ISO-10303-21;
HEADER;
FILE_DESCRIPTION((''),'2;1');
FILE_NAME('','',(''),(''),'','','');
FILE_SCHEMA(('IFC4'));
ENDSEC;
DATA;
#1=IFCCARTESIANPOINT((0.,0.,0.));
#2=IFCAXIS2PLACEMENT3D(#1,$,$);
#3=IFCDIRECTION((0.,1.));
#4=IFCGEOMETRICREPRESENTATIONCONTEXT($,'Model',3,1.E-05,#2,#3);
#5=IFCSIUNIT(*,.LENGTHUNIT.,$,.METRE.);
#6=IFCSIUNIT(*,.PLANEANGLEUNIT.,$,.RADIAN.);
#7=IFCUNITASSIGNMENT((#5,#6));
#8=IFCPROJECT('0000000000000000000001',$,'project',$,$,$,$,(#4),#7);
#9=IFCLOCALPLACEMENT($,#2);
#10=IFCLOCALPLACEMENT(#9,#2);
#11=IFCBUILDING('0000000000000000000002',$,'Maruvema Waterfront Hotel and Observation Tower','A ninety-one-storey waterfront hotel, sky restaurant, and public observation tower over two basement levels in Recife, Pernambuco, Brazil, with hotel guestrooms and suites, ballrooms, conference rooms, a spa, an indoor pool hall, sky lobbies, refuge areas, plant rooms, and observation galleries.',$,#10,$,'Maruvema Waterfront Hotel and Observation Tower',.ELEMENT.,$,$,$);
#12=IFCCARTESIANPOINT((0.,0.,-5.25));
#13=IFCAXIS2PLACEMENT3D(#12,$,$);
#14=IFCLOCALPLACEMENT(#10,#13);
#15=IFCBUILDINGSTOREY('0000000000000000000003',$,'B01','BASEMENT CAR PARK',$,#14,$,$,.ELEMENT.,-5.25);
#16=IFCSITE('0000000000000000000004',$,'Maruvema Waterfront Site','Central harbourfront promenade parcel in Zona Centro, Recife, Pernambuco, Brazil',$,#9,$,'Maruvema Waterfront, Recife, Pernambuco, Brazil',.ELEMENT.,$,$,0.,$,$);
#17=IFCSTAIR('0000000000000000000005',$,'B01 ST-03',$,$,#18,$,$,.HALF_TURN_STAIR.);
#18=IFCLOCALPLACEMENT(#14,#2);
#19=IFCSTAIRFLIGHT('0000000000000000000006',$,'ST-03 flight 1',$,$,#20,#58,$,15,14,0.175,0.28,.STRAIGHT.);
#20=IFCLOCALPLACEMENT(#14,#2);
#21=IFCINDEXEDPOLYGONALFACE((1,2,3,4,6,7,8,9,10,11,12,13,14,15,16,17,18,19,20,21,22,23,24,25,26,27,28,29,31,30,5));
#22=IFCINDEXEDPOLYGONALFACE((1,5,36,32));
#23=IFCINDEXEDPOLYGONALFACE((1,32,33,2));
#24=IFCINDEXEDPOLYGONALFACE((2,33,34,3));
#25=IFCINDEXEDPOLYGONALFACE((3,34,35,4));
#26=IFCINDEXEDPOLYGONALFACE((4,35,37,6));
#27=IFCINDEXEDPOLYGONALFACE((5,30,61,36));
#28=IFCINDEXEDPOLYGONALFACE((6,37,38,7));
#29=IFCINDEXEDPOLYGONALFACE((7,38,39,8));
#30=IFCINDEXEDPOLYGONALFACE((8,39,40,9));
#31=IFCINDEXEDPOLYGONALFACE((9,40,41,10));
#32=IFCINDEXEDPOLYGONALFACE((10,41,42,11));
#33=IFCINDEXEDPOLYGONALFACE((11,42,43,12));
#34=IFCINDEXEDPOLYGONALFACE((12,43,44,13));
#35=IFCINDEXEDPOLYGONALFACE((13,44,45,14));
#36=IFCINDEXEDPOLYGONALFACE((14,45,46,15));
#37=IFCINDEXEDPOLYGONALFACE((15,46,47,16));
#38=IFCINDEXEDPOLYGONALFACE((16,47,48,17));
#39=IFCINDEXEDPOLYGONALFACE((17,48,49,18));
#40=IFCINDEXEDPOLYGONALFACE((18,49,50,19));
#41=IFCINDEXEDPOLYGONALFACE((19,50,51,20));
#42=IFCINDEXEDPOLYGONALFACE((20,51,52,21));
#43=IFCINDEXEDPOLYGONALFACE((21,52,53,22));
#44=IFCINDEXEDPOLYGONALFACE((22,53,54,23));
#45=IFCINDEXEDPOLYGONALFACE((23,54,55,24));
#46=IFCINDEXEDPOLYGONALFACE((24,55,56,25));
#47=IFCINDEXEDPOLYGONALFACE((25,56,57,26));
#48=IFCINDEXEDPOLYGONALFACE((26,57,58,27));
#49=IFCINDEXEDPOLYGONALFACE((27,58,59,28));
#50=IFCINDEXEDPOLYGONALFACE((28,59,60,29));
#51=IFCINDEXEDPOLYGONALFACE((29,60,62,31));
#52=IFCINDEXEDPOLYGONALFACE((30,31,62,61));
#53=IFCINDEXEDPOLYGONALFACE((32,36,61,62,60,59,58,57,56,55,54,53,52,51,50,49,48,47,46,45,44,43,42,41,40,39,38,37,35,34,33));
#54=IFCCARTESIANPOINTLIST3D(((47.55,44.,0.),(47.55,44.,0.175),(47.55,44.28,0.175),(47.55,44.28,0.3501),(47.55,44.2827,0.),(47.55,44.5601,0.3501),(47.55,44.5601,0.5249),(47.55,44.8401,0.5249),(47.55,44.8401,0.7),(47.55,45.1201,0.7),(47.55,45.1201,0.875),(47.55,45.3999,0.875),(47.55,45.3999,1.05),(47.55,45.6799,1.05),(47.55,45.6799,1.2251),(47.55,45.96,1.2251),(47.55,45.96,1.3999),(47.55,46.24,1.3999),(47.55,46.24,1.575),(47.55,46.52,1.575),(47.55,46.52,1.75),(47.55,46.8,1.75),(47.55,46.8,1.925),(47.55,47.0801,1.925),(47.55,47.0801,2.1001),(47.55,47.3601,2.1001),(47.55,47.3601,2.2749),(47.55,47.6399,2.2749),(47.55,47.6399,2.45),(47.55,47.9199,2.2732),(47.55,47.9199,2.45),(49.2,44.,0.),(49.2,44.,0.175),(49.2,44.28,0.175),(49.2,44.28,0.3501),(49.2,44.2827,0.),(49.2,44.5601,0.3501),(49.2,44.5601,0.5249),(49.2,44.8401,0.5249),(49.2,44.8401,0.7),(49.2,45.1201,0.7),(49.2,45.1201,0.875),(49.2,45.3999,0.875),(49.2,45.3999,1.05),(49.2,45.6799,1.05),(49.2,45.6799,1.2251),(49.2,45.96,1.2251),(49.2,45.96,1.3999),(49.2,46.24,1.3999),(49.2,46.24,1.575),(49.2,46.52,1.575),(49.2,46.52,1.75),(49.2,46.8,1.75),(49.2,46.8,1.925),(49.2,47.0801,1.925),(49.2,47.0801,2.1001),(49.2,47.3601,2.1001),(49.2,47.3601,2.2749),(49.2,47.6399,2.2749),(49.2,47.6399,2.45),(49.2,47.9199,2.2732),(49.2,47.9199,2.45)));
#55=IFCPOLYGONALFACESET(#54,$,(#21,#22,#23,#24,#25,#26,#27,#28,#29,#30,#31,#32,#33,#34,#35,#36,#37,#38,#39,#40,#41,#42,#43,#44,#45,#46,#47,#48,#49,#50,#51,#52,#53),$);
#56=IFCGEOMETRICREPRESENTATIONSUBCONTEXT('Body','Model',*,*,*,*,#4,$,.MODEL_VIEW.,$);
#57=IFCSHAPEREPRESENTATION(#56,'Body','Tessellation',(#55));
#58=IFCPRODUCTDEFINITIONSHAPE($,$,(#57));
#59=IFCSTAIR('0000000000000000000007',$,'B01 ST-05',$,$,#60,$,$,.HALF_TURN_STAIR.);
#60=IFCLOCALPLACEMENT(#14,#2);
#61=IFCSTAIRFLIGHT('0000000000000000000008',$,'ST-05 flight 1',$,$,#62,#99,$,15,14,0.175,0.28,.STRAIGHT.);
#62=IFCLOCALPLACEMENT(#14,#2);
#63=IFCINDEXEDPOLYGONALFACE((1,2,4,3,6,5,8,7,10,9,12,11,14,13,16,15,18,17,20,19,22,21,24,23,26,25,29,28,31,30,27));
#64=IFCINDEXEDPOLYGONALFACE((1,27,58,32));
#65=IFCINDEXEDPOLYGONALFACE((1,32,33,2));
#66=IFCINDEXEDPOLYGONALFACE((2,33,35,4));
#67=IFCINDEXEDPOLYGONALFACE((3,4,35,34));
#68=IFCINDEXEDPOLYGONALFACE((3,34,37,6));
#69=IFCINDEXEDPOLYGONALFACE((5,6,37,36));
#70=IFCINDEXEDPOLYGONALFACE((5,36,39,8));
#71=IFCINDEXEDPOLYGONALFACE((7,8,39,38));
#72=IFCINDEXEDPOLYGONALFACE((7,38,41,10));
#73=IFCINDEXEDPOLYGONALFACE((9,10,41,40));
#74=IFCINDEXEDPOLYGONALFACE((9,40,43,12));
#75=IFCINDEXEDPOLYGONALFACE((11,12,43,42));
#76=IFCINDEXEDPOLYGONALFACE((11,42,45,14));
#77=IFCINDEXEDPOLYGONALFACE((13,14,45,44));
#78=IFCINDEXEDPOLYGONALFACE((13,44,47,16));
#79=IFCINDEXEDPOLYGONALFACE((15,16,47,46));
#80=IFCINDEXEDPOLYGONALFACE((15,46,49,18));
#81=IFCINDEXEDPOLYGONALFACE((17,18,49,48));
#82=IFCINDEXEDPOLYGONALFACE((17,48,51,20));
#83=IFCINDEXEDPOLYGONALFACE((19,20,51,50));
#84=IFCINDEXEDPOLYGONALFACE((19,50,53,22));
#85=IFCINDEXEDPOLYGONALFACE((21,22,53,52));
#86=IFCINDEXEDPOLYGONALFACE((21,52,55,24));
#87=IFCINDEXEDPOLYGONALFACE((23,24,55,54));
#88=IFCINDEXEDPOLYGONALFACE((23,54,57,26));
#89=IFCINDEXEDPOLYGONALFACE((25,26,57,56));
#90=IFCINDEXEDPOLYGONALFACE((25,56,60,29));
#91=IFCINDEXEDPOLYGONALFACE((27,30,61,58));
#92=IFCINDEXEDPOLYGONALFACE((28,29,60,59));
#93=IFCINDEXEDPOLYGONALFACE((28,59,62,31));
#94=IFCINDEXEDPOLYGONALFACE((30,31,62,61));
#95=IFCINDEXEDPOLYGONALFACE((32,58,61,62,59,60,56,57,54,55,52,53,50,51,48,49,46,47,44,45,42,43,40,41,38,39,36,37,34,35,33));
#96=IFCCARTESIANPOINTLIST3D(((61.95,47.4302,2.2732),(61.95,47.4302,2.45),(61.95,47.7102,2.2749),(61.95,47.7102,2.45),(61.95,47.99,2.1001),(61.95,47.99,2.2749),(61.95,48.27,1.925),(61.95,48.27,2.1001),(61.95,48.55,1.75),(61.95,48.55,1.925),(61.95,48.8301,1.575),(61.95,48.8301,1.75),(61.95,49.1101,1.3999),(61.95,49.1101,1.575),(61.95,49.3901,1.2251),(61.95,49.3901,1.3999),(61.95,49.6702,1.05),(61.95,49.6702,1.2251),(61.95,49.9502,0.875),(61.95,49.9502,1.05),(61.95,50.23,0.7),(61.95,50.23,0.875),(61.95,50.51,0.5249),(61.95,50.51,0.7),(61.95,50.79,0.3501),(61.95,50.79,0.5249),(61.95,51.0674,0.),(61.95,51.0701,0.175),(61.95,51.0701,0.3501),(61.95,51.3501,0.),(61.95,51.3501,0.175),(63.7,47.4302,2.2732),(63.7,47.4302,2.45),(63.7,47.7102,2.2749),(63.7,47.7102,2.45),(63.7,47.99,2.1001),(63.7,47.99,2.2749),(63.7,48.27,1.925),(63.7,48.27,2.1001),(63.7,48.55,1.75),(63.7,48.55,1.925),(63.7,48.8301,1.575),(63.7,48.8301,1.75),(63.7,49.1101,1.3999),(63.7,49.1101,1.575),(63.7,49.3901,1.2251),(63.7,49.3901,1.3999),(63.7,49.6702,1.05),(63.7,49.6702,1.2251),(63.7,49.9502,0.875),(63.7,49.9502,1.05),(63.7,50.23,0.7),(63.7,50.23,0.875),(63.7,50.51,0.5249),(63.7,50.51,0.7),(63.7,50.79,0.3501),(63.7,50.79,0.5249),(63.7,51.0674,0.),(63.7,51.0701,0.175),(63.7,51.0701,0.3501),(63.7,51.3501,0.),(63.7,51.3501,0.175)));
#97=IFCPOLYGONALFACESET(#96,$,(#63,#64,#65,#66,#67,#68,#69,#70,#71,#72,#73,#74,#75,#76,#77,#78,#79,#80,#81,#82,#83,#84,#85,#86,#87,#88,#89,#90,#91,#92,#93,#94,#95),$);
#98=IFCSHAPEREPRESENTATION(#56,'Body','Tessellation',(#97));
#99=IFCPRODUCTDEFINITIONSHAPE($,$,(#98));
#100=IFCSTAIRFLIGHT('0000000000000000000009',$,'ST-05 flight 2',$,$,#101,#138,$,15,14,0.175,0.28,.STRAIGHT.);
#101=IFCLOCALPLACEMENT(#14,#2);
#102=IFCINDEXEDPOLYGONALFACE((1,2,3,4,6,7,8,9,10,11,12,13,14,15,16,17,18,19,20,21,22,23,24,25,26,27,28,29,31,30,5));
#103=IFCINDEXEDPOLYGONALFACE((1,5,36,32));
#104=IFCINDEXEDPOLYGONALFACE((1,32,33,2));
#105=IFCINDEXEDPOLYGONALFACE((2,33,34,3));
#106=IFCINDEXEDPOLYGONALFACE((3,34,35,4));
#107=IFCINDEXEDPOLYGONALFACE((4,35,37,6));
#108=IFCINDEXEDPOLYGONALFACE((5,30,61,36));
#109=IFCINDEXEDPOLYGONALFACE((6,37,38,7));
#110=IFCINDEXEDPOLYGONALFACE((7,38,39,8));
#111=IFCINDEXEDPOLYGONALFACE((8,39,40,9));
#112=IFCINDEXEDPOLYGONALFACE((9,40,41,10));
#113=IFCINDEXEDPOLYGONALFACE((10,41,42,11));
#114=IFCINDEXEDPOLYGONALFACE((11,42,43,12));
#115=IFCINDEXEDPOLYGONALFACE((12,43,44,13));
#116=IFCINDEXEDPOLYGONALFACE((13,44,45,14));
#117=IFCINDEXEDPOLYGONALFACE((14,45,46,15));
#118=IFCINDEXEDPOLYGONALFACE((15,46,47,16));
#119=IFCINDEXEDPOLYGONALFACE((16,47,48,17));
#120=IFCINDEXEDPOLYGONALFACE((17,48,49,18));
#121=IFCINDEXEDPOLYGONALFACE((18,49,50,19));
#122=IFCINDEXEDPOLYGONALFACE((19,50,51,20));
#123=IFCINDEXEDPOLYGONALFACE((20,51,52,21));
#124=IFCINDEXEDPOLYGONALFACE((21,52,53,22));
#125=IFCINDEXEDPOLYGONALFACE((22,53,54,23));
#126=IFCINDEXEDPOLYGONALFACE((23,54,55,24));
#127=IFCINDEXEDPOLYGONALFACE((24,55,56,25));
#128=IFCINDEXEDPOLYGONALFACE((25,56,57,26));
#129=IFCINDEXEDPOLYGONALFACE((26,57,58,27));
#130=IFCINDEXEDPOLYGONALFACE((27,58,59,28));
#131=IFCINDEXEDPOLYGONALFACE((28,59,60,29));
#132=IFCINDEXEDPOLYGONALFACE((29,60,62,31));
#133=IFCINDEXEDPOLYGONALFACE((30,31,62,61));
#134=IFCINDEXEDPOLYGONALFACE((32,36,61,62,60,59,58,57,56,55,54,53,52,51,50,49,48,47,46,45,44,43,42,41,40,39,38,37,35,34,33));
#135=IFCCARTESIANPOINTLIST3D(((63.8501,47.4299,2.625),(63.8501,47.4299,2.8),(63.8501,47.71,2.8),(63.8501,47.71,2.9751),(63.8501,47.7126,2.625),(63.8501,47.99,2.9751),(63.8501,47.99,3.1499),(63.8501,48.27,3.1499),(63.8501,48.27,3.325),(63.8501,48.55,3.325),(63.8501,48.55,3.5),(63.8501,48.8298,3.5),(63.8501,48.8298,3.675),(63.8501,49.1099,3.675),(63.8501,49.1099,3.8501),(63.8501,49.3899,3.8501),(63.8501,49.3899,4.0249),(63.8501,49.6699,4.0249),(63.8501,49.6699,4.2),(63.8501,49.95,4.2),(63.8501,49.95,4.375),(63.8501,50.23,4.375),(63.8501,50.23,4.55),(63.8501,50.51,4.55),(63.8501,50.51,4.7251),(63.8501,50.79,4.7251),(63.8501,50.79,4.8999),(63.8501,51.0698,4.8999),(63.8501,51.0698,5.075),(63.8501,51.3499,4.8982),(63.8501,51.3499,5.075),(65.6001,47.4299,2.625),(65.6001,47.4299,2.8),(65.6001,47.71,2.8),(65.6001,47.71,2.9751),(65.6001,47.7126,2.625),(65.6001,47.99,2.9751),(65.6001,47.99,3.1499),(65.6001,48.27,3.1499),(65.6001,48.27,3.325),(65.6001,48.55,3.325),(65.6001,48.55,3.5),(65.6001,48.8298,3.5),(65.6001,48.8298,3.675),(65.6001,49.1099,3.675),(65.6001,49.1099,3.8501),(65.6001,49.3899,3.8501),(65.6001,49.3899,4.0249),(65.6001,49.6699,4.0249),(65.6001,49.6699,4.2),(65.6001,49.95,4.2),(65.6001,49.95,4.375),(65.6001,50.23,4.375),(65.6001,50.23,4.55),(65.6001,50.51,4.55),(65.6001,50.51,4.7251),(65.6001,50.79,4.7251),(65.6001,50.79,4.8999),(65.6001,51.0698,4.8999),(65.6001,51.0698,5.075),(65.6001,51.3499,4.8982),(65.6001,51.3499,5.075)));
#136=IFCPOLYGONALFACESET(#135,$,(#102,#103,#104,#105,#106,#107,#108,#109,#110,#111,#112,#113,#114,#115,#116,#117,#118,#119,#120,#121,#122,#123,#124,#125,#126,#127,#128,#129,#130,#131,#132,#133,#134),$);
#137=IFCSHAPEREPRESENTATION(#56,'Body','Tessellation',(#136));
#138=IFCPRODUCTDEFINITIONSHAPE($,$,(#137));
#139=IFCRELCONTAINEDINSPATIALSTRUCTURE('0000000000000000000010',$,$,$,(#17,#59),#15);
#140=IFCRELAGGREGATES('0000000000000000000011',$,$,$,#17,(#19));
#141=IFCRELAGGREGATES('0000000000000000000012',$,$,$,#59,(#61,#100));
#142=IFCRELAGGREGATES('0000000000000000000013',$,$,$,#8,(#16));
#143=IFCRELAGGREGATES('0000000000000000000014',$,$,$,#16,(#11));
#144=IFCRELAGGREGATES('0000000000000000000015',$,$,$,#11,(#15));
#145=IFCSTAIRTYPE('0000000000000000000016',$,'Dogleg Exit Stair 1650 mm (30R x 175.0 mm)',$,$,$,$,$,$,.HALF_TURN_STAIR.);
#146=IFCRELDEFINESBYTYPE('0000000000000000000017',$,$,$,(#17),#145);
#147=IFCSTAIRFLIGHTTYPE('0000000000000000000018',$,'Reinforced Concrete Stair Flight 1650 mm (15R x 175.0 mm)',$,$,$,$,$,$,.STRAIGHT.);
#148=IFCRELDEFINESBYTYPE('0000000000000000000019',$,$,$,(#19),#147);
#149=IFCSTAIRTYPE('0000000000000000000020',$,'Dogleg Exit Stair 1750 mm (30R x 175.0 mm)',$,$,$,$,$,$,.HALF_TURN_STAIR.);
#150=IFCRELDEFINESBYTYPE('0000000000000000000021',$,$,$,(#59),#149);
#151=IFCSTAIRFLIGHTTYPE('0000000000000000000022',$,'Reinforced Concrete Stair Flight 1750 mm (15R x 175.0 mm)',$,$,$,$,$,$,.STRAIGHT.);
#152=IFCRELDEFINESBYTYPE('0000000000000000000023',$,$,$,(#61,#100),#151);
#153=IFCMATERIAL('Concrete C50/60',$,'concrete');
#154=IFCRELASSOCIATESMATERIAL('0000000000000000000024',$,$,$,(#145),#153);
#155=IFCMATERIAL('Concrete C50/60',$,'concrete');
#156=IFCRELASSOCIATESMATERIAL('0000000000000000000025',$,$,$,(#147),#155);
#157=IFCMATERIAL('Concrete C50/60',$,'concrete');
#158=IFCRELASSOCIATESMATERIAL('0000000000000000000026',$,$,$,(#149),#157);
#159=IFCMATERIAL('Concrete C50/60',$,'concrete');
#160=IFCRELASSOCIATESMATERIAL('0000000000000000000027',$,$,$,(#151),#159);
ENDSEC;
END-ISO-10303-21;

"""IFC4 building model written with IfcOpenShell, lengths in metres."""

from ifc_helpers import new_model, si_unit, direction, frame, origin, place, context, subcontext, project, spatial, polyline, outline, extrude, material, type_object, element, aggregate, save


model = new_model("IFC4")

# Units and contexts
model_context = context("Model", 3, precision=1e-05, world=origin(), true_north=direction((0.0, 1.0)))
body_context = subcontext(model_context, "Body", "Model", "MODEL_VIEW")
ifc_project = project(units=[si_unit("LENGTHUNIT", "METRE"), si_unit("PLANEANGLEUNIT", "RADIAN")], contexts=[model_context])

# Site, building, storey
site_placement = place(None, origin())
site = spatial("IfcSite", under=ifc_project, at=site_placement, Name="Maruvema Waterfront Site", Description="Central harbourfront promenade parcel in Zona Centro, Recife, Pernambuco, Brazil", LongName="Maruvema Waterfront, Recife, Pernambuco, Brazil", CompositionType="ELEMENT", RefElevation=0.0)
building_placement = place(site_placement, origin())
building = spatial("IfcBuilding", under=site, at=building_placement, Name="Maruvema Waterfront Hotel and Observation Tower", Description="A ninety-one-storey waterfront hotel, sky restaurant, and public observation tower over two basement levels in Recife, Pernambuco, Brazil, with hotel guestrooms and suites, ballrooms, conference rooms, a spa, an indoor pool hall, sky lobbies, refuge areas, plant rooms, and observation galleries.", LongName="Maruvema Waterfront Hotel and Observation Tower", CompositionType="ELEMENT")
storey_placement = place(building_placement, frame((0.0, 0.0, -5.25)))
storey = spatial("IfcBuildingStorey", under=building, at=storey_placement, Name="B01", Description="BASEMENT CAR PARK", CompositionType="ELEMENT", Elevation=-5.25)

# Stair, stair flight
ifc_material_1 = material(Name="Concrete C50/60", Category="concrete")
stair_type_1 = type_object("IfcStairType", Name="Dogleg Exit Stair 1650 mm (30R x 175.0 mm)", PredefinedType="HALF_TURN_STAIR", material=ifc_material_1)
stair_1_placement = place(storey_placement, origin())
stair_1 = element("IfcStair", 1, at=stair_1_placement, inside=storey, type_object=stair_type_1, Name="B01 ST-03", PredefinedType="HALF_TURN_STAIR")
ifc_material_2 = material(Name="Concrete C50/60", Category="concrete")
stair_flight_type_1 = type_object("IfcStairFlightType", Name="Reinforced Concrete Stair Flight 1650 mm (15R x 175.0 mm)", PredefinedType="STRAIGHT", material=ifc_material_2)
stair_flight_1_placement = place(storey_placement, frame((48.375, 44.0, 0.0), z_axis=(0.0, 0.0, 1.0), x_axis=(0.0, 1.0, 0.0)))
stair_flight_1 = element("IfcStairFlight", 2, at=stair_flight_1_placement, type_object=stair_flight_type_1, Name="ST-03 flight 1", NumberOfRisers=15, NumberOfTreads=14, PredefinedType="STRAIGHT", RiserHeight=0.175, TreadLength=0.28, context=body_context, shape_type="SweptSolid", body=[
    extrude(outline(polyline([(0.0, 0.0), (0.0, 0.175), (0.28, 0.175), (0.28, 0.3501), (0.5601, 0.3501), (0.5601, 0.5249), (0.8401, 0.5249), (0.8401, 0.7), (1.1201, 0.7), (1.1201, 0.875), (1.3999, 0.875), (1.3999, 1.05), (1.6799, 1.05), (1.6799, 1.2251), (1.96, 1.2251), (1.96, 1.3999), (2.24, 1.3999), (2.24, 1.575), (2.52, 1.575), (2.52, 1.75), (2.8, 1.75), (2.8, 1.925), (3.0801, 1.925), (3.0801, 2.1001), (3.3601, 2.1001), (3.3601, 2.2749), (3.6399, 2.2749), (3.6399, 2.45), (3.9199, 2.45), (3.9199, 2.625), (3.9199, 2.2732), (0.2827, 0.0), (0.0, 0.0)])), frame((0.0, 0.825, 0.0), z_axis=(0.0, -1.0, 0.0), x_axis=(1.0, 0.0, 0.0)), (0.0, 0.0, 1.0), 1.6499),
])
aggregate(stair_1, [stair_flight_1])

# Stair, stair flights
ifc_material_3 = material(Name="Concrete C50/60", Category="concrete")
stair_type_2 = type_object("IfcStairType", Name="Dogleg Exit Stair 1750 mm (30R x 175.0 mm)", PredefinedType="HALF_TURN_STAIR", material=ifc_material_3)
stair_2_placement = place(storey_placement, origin())
stair_2 = element("IfcStair", 3, at=stair_2_placement, inside=storey, type_object=stair_type_2, Name="B01 ST-05", PredefinedType="HALF_TURN_STAIR")
ifc_material_4 = material(Name="Concrete C50/60", Category="concrete")
stair_flight_type_2 = type_object("IfcStairFlightType", Name="Reinforced Concrete Stair Flight 1750 mm (15R x 175.0 mm)", PredefinedType="STRAIGHT", material=ifc_material_4)
stair_flight_2_placement = place(storey_placement, frame((62.825, 51.3501, 0.0), z_axis=(0.0, 0.0, 1.0), x_axis=(0.0, -1.0, 0.0)))
stair_flight_2 = element("IfcStairFlight", 4, at=stair_flight_2_placement, type_object=stair_flight_type_2, Name="ST-05 flight 1", NumberOfRisers=15, NumberOfTreads=14, PredefinedType="STRAIGHT", RiserHeight=0.175, TreadLength=0.28, context=body_context, shape_type="SweptSolid", body=[
    extrude(outline(polyline([(0.0, 0.0), (0.0, 0.175), (0.28, 0.175), (0.28, 0.3501), (0.5601, 0.3501), (0.5601, 0.5249), (0.8401, 0.5249), (0.8401, 0.7), (1.1201, 0.7), (1.1201, 0.875), (1.3999, 0.875), (1.3999, 1.05), (1.6799, 1.05), (1.6799, 1.2251), (1.96, 1.2251), (1.96, 1.3999), (2.24, 1.3999), (2.24, 1.575), (2.52, 1.575), (2.52, 1.75), (2.8, 1.75), (2.8, 1.925), (3.0801, 1.925), (3.0801, 2.1001), (3.3601, 2.1001), (3.3601, 2.2749), (3.6399, 2.2749), (3.6399, 2.45), (3.9199, 2.45), (3.9199, 2.625), (3.9199, 2.2732), (0.2827, 0.0), (0.0, 0.0)])), frame((0.0, 0.875, 0.0), z_axis=(0.0, -1.0, 0.0), x_axis=(1.0, 0.0, 0.0)), (0.0, 0.0, 1.0), 1.75),
])
stair_flight_3_placement = place(storey_placement, frame((64.7251, 47.4299, 2.625), z_axis=(0.0, 0.0, 1.0), x_axis=(0.0, 1.0, 0.0)))
stair_flight_3 = element("IfcStairFlight", 5, at=stair_flight_3_placement, type_object=stair_flight_type_2, Name="ST-05 flight 2", NumberOfRisers=15, NumberOfTreads=14, PredefinedType="STRAIGHT", RiserHeight=0.175, TreadLength=0.28, context=body_context, shape_type="SweptSolid", body=[
    extrude(outline(polyline([(0.0, 0.0), (0.0, 0.175), (0.28, 0.175), (0.28, 0.3501), (0.5601, 0.3501), (0.5601, 0.5249), (0.8401, 0.5249), (0.8401, 0.7), (1.1201, 0.7), (1.1201, 0.875), (1.3999, 0.875), (1.3999, 1.05), (1.6799, 1.05), (1.6799, 1.2251), (1.96, 1.2251), (1.96, 1.3999), (2.24, 1.3999), (2.24, 1.575), (2.52, 1.575), (2.52, 1.75), (2.8, 1.75), (2.8, 1.925), (3.0801, 1.925), (3.0801, 2.1001), (3.3601, 2.1001), (3.3601, 2.2749), (3.6399, 2.2749), (3.6399, 2.45), (3.9199, 2.45), (3.9199, 2.625), (3.9199, 2.2732), (0.2827, 0.0), (0.0, 0.0)])), frame((0.0, 0.875, 0.0), z_axis=(0.0, -1.0, 0.0), x_axis=(1.0, 0.0, 0.0)), (0.0, 0.0, 1.0), 1.75),
])
aggregate(stair_2, [stair_flight_2, stair_flight_3])

save(model, "model.ifc")
